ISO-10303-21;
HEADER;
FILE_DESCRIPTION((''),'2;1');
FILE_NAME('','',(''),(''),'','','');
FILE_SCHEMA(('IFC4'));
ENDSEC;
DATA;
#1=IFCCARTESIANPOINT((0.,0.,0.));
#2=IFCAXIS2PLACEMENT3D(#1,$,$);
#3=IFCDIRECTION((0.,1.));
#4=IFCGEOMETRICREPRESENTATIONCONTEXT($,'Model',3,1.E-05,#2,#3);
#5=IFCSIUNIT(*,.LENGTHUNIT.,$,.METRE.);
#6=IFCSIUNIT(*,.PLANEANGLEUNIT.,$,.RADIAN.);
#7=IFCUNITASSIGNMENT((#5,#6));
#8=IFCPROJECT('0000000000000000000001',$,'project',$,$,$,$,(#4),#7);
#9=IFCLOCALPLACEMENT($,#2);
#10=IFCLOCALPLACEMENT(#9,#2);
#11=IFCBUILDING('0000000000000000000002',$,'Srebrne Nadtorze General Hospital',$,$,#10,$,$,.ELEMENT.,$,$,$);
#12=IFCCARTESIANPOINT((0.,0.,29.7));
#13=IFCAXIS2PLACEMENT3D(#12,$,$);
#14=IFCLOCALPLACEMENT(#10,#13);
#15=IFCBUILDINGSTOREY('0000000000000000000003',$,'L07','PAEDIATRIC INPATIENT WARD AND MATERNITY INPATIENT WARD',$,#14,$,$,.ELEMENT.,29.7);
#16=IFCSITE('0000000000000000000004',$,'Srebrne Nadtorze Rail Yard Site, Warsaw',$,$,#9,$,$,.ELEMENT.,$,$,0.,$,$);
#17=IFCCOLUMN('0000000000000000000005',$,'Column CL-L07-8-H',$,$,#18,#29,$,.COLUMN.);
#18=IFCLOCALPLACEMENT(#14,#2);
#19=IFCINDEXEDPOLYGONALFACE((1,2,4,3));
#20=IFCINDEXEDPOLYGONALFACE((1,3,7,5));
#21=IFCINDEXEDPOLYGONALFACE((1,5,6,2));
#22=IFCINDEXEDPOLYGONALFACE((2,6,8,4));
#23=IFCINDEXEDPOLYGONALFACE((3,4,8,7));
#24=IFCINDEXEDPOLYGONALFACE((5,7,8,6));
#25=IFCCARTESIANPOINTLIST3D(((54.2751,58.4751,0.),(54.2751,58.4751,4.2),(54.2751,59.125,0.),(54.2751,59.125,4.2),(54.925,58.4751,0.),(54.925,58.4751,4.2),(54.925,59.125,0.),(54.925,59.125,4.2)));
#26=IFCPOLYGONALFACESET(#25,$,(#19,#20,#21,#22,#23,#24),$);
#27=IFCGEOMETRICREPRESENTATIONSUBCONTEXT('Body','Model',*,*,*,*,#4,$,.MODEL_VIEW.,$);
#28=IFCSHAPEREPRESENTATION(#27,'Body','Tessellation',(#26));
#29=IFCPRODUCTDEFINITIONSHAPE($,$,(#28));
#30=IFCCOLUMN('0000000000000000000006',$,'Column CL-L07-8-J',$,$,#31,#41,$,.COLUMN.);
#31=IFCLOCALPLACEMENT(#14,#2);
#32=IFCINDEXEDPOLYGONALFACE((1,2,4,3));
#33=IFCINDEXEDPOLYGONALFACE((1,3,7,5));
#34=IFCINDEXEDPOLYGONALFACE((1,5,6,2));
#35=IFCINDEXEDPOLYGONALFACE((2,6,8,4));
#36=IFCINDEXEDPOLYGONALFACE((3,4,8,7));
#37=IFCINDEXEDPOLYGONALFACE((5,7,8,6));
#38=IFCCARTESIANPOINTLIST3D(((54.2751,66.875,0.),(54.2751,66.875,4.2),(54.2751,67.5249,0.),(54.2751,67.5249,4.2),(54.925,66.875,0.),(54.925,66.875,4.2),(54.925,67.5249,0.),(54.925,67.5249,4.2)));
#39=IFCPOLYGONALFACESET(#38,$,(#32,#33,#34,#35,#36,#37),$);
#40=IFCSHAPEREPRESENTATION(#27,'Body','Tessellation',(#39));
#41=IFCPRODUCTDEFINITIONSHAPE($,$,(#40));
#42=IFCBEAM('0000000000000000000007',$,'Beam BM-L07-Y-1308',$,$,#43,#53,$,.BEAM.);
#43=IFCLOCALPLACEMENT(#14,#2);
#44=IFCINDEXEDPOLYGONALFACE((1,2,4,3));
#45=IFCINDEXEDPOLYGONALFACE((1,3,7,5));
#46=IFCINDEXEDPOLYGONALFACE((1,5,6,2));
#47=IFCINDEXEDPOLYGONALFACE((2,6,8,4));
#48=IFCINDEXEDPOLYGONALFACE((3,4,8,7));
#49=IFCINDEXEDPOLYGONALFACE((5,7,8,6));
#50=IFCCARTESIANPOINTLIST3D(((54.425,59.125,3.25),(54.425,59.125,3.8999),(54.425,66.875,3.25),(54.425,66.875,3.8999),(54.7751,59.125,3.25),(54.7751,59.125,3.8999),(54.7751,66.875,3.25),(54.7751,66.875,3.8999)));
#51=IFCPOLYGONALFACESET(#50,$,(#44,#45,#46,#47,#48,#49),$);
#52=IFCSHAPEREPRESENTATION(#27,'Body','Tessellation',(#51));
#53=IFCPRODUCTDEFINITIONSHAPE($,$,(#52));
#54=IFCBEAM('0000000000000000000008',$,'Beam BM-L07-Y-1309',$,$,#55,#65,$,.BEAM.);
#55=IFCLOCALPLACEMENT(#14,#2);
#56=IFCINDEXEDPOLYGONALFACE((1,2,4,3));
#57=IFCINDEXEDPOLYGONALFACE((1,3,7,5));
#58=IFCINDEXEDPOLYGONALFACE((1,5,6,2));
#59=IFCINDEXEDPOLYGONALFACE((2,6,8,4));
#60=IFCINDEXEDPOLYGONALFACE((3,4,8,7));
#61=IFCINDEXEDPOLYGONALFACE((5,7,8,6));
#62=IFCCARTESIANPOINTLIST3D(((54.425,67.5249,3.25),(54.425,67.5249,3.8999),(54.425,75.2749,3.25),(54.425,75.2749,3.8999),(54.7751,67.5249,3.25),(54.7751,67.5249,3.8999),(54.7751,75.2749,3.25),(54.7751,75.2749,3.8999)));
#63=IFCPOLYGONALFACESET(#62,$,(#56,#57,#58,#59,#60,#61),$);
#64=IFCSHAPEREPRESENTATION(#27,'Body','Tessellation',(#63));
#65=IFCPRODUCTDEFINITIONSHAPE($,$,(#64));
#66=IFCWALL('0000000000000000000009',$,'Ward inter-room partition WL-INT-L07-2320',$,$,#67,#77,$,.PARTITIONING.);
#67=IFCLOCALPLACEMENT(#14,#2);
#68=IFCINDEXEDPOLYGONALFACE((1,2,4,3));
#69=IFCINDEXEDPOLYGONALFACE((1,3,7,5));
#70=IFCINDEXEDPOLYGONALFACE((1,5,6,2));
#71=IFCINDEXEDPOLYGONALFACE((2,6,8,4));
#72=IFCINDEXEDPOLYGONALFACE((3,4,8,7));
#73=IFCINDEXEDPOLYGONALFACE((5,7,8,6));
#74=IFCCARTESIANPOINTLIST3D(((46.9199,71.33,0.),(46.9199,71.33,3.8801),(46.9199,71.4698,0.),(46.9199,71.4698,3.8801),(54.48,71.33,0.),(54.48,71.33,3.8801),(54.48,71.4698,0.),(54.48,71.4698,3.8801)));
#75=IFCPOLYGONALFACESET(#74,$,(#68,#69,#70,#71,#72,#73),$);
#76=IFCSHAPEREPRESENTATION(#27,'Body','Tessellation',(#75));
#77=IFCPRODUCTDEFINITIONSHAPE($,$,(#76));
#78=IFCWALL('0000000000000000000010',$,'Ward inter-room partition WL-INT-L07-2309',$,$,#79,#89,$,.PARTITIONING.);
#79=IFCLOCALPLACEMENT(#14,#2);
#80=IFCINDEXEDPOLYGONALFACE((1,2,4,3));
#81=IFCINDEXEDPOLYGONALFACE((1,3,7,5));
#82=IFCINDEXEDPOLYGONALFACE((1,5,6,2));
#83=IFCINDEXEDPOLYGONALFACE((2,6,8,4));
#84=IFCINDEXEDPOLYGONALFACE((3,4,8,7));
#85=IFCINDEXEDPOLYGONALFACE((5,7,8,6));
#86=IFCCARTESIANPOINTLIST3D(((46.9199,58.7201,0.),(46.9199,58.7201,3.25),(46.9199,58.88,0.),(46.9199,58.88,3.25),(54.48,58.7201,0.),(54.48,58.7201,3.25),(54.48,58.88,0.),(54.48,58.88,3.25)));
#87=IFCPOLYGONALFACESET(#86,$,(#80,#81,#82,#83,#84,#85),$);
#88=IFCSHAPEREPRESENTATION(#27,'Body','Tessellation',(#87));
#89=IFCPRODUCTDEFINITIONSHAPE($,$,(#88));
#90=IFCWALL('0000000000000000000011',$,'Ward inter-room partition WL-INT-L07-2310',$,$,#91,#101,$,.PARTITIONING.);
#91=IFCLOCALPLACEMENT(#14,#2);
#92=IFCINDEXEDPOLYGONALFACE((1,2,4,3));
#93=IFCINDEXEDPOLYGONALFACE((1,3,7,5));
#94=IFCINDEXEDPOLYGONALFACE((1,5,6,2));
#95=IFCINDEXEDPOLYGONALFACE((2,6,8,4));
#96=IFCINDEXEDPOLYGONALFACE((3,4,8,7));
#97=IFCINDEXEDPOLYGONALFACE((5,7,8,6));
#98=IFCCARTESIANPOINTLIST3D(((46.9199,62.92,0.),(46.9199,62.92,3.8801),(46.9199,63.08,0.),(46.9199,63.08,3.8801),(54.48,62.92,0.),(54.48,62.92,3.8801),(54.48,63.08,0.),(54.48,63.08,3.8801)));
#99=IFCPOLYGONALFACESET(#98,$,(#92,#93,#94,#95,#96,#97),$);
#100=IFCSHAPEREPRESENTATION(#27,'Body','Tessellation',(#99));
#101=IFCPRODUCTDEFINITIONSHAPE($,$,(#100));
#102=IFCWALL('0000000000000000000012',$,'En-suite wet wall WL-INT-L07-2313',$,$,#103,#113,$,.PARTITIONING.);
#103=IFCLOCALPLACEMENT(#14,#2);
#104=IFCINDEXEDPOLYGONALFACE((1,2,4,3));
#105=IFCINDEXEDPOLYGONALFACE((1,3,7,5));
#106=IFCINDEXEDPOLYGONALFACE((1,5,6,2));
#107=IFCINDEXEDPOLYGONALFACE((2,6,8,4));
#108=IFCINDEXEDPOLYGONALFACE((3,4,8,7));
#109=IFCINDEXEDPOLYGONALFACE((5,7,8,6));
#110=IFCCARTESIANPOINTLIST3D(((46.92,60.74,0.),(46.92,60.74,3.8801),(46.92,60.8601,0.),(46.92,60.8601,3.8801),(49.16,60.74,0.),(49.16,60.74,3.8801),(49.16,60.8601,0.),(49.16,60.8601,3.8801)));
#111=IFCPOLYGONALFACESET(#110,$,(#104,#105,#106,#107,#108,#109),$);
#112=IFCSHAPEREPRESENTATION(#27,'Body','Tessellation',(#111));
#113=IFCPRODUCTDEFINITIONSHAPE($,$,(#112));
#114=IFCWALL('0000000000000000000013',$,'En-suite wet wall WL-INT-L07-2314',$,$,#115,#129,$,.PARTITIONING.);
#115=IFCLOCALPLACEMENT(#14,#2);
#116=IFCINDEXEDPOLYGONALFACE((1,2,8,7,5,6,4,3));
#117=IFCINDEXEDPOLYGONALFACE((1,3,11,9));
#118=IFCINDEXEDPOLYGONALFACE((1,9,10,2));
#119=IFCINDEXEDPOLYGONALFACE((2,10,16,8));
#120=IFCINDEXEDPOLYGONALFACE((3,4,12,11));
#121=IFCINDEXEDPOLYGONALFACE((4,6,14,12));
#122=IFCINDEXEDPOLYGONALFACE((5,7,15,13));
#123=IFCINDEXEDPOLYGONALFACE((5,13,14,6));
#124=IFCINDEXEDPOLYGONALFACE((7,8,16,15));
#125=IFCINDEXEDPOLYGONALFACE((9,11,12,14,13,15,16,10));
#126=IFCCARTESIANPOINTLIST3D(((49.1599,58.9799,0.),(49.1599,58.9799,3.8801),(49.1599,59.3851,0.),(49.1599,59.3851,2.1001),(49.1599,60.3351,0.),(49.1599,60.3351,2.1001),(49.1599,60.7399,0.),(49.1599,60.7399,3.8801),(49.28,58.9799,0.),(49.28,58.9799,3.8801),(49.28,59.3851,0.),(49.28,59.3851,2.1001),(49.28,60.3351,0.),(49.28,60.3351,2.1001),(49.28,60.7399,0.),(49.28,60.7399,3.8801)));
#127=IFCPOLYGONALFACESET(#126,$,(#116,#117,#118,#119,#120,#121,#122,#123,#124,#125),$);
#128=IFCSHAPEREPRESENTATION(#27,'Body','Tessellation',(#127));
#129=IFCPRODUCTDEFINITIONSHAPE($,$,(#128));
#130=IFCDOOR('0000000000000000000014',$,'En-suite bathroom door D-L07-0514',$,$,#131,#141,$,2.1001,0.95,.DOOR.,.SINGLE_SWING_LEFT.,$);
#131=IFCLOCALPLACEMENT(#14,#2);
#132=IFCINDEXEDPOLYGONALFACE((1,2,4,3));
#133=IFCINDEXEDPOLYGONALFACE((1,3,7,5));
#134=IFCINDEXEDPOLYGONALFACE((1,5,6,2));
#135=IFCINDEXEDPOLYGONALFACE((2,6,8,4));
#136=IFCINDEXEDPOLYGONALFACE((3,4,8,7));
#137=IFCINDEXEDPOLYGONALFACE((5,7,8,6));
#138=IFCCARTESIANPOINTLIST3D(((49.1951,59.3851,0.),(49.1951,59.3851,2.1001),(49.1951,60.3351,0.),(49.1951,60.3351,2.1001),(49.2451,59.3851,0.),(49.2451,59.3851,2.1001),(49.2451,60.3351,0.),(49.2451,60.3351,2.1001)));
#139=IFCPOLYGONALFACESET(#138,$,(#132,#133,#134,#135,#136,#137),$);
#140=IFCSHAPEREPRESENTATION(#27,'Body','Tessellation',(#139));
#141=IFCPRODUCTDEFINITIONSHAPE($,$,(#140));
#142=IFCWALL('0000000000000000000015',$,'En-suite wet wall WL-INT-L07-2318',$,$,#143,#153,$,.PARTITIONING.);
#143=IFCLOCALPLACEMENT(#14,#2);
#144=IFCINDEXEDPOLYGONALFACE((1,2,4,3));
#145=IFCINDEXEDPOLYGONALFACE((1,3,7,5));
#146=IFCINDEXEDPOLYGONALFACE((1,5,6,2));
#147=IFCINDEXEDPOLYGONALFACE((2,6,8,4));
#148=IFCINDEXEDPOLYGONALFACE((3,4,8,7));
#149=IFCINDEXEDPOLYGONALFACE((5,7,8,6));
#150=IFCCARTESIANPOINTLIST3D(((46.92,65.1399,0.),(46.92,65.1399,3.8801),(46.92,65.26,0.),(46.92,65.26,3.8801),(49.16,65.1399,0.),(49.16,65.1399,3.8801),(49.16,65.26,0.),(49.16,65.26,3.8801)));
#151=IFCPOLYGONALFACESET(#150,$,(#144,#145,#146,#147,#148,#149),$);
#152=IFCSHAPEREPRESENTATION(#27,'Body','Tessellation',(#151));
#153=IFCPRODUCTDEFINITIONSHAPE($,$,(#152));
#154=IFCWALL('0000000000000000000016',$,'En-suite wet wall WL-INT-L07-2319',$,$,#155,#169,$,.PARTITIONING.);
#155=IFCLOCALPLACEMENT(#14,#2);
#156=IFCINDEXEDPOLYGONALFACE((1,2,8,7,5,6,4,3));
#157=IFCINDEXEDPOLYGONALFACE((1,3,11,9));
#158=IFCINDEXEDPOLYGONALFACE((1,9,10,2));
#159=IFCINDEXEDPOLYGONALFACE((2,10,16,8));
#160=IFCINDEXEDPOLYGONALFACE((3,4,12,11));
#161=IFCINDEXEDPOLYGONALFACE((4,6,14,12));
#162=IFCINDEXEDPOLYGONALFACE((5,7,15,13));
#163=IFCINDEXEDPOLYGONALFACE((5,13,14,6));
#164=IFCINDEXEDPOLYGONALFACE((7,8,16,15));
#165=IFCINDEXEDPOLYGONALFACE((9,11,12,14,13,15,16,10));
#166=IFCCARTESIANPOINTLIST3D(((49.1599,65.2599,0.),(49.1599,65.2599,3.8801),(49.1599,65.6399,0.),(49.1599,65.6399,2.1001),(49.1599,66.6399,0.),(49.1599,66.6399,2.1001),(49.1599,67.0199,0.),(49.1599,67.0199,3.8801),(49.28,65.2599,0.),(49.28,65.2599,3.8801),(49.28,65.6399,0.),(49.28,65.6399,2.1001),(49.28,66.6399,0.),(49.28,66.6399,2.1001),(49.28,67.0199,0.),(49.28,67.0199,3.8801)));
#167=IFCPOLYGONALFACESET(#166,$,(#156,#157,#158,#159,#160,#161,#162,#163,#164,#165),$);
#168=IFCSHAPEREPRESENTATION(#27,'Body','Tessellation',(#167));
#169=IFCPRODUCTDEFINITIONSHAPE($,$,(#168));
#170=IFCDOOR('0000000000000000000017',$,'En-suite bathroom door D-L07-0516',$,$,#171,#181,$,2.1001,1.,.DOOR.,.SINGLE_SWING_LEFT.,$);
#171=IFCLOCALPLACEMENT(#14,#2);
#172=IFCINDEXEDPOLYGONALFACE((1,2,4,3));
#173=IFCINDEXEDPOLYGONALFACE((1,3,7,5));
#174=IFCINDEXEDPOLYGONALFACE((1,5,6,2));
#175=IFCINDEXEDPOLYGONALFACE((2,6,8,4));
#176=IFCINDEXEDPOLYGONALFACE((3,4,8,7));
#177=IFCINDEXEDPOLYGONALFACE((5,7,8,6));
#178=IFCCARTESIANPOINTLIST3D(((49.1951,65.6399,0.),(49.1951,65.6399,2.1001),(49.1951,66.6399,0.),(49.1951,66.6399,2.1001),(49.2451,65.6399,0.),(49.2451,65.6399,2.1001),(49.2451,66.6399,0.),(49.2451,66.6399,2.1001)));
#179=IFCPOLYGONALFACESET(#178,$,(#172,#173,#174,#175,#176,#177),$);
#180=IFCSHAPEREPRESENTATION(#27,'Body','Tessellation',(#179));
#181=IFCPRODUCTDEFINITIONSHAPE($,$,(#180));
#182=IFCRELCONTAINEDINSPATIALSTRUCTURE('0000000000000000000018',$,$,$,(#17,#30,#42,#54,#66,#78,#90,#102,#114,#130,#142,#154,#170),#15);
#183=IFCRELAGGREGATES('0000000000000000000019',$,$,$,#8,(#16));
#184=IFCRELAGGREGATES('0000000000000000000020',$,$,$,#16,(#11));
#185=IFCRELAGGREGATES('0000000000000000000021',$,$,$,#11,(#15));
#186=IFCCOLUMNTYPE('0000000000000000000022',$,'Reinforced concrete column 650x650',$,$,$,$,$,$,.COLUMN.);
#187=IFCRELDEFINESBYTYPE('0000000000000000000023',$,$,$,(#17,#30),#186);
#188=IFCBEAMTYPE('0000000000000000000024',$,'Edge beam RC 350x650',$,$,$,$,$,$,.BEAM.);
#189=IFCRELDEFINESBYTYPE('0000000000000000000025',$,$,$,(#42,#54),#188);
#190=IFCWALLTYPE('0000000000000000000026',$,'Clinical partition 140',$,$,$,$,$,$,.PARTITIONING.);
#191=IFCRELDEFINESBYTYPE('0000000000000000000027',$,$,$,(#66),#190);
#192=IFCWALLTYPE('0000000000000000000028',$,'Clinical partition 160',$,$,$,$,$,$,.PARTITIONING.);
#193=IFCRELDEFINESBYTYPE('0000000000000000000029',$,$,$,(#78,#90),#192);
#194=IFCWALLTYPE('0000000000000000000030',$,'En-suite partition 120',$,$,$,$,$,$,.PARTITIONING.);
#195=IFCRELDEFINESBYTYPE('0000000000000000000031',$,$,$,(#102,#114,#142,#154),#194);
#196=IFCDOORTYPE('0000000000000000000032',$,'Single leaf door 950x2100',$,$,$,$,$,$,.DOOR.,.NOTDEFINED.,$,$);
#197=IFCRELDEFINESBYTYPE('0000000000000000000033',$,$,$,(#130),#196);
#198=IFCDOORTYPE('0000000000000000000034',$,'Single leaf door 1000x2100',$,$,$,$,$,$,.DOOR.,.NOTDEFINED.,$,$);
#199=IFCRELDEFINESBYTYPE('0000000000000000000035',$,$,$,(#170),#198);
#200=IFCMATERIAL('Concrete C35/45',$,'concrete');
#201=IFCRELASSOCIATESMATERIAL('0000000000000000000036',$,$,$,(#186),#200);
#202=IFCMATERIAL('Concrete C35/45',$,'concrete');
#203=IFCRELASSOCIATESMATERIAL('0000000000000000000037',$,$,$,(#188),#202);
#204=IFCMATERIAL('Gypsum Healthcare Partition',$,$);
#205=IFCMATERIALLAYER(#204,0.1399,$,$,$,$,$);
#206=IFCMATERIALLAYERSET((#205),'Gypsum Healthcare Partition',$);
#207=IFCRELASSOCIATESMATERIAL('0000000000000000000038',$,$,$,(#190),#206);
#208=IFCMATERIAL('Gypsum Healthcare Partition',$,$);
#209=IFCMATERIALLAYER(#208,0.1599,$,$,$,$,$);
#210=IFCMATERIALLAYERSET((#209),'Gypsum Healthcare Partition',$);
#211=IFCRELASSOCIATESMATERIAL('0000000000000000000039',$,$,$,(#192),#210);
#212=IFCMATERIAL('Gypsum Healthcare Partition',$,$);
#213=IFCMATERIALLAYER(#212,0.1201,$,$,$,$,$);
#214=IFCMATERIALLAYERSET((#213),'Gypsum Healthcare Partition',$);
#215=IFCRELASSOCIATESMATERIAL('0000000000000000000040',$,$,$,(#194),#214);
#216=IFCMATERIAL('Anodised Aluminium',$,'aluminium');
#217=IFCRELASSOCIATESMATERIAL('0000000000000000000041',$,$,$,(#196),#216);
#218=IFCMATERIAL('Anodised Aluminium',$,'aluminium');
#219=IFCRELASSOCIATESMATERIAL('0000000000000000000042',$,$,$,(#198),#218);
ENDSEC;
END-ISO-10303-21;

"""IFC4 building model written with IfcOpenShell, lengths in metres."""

from ifc_helpers import new_model, si_unit, direction, frame, frame_2d, origin, origin_2d, place, context, subcontext, project, spatial, rectangle, extrude, material, layer, layer_set, material_profile, profile_set, type_object, element, fill, save


model = new_model("IFC4")

# Units and contexts
model_context = context("Model", 3, precision=1e-05, world=origin(), true_north=direction((0.0, 1.0)))
body_context = subcontext(model_context, "Body", "Model", "MODEL_VIEW")
ifc_project = project(units=[si_unit("LENGTHUNIT", "METRE"), si_unit("PLANEANGLEUNIT", "RADIAN")], contexts=[model_context])

# Site, building, storey
site_placement = place(None, origin())
site = spatial("IfcSite", under=ifc_project, at=site_placement, Name="Srebrne Nadtorze Rail Yard Site, Warsaw", CompositionType="ELEMENT", RefElevation=0.0)
building_placement = place(site_placement, origin())
building = spatial("IfcBuilding", under=site, at=building_placement, Name="Srebrne Nadtorze General Hospital", CompositionType="ELEMENT")
storey_placement = place(building_placement, frame((0.0, 0.0, 29.7)))
storey = spatial("IfcBuildingStorey", under=building, at=storey_placement, Name="L07", Description="PAEDIATRIC INPATIENT WARD AND MATERNITY INPATIENT WARD", CompositionType="ELEMENT", Elevation=29.7)

# Columns
ifc_material_1 = material(Name="Concrete C35/45", Category="concrete")
ifc_material_profile_1 = material_profile(ifc_material_1, rectangle(XDim=0.6499, YDim=0.6499, at=origin_2d()), Name="RC-COL-650x650")
ifc_profile_set_1 = profile_set([ifc_material_profile_1], Name="Concrete C35/45")
column_type = type_object("IfcColumnType", Name="Reinforced concrete column 650x650", PredefinedType="COLUMN", material=ifc_profile_set_1)
for number, where, z_axis, x_axis, name in (
    (1, (54.6001, 58.8, 0.0), (0.0, 0.0, 1.0), (1.0, 0.0, 0.0), "Column CL-L07-8-H"),
    (2, (54.6001, 67.2, 0.0), (0.0, 0.0, 1.0), (1.0, 0.0, 0.0), "Column CL-L07-8-J"),
):
    element("IfcColumn", number, at=place(storey_placement, frame(where, z_axis=z_axis, x_axis=x_axis)), inside=storey, type_object=column_type, Name=name, PredefinedType="COLUMN", context=body_context, shape_type="SweptSolid", body=[
        extrude(rectangle(XDim=0.6499, YDim=0.6499, at=origin_2d()), origin(), (0.0, 0.0, 1.0), 4.2),
    ])

# Beams
ifc_material_2 = material(Name="Concrete C35/45", Category="concrete")
ifc_material_profile_2 = material_profile(ifc_material_2, rectangle(XDim=0.3501, YDim=0.6499, at=origin_2d()), Name="RC-BM-350x650")
ifc_profile_set_2 = profile_set([ifc_material_profile_2], Name="Concrete C35/45")
beam_type = type_object("IfcBeamType", Name="Edge beam RC 350x650", PredefinedType="BEAM", material=ifc_profile_set_2)
for number, where, z_axis, x_axis, name in (
    (3, (54.6001, 59.125, 3.575), (0.0, 1.0, 0.0), (-1.0, 0.0, 0.0), "Beam BM-L07-Y-1308"),
    (4, (54.6001, 67.5249, 3.575), (0.0, 1.0, 0.0), (-1.0, 0.0, 0.0), "Beam BM-L07-Y-1309"),
):
    element("IfcBeam", number, at=place(storey_placement, frame(where, z_axis=z_axis, x_axis=x_axis)), inside=storey, type_object=beam_type, Name=name, PredefinedType="BEAM", context=body_context, shape_type="SweptSolid", body=[
        extrude(rectangle(XDim=0.3501, YDim=0.6499, at=origin_2d()), origin(), (0.0, 0.0, 1.0), 7.75),
    ])

# Walls
ifc_material_3 = material(Name="Gypsum Healthcare Partition")
ifc_layer_1 = layer(ifc_material_3, 0.1399)
ifc_layer_set_1 = layer_set([ifc_layer_1], Name="Gypsum Healthcare Partition")
wall_type_1 = type_object("IfcWallType", Name="Clinical partition 140", PredefinedType="PARTITIONING", material=ifc_layer_set_1)
wall_1_placement = place(storey_placement, frame((46.9199, 71.3999, 0.0), z_axis=(0.0, 0.0, 1.0), x_axis=(1.0, 0.0, 0.0)))
element("IfcWall", 5, at=wall_1_placement, inside=storey, type_object=wall_type_1, Name="Ward inter-room partition WL-INT-L07-2320", PredefinedType="PARTITIONING", context=body_context, shape_type="SweptSolid", body=[
    extrude(rectangle(XDim=7.5601, YDim=0.1399, at=frame_2d((3.78, 0.0))), origin(), (0.0, 0.0, 1.0), 3.8801),
])
ifc_material_4 = material(Name="Gypsum Healthcare Partition")
ifc_layer_2 = layer(ifc_material_4, 0.1599)
ifc_layer_set_2 = layer_set([ifc_layer_2], Name="Gypsum Healthcare Partition")
wall_type_2 = type_object("IfcWallType", Name="Clinical partition 160", PredefinedType="PARTITIONING", material=ifc_layer_set_2)
wall_2_placement = place(storey_placement, frame((46.9199, 58.8, 0.0), z_axis=(0.0, 0.0, 1.0), x_axis=(1.0, 0.0, 0.0)))
element("IfcWall", 6, at=wall_2_placement, inside=storey, type_object=wall_type_2, Name="Ward inter-room partition WL-INT-L07-2309", PredefinedType="PARTITIONING", context=body_context, shape_type="SweptSolid", body=[
    extrude(rectangle(XDim=7.5601, YDim=0.1599, at=frame_2d((3.78, 0.0))), origin(), (0.0, 0.0, 1.0), 3.25),
])
wall_3_placement = place(storey_placement, frame((46.9199, 63.0, 0.0), z_axis=(0.0, 0.0, 1.0), x_axis=(1.0, 0.0, 0.0)))
element("IfcWall", 7, at=wall_3_placement, inside=storey, type_object=wall_type_2, Name="Ward inter-room partition WL-INT-L07-2310", PredefinedType="PARTITIONING", context=body_context, shape_type="SweptSolid", body=[
    extrude(rectangle(XDim=7.5601, YDim=0.1599, at=frame_2d((3.78, 0.0))), origin(), (0.0, 0.0, 1.0), 3.8801),
])
ifc_material_5 = material(Name="Gypsum Healthcare Partition")
ifc_layer_3 = layer(ifc_material_5, 0.1201)
ifc_layer_set_3 = layer_set([ifc_layer_3], Name="Gypsum Healthcare Partition")
wall_type_3 = type_object("IfcWallType", Name="En-suite partition 120", PredefinedType="PARTITIONING", material=ifc_layer_set_3)
wall_4_placement = place(storey_placement, frame((46.9199, 60.8, 0.0), z_axis=(0.0, 0.0, 1.0), x_axis=(1.0, 0.0, 0.0)))
element("IfcWall", 8, at=wall_4_placement, inside=storey, type_object=wall_type_3, Name="En-suite wet wall WL-INT-L07-2313", PredefinedType="PARTITIONING", context=body_context, shape_type="SweptSolid", body=[
    extrude(rectangle(XDim=2.24, YDim=0.1201, at=frame_2d((1.1201, 0.0))), origin(), (0.0, 0.0, 1.0), 3.8801),
])

# Wall, opening, door
wall_5_placement = place(storey_placement, frame((49.22, 58.98, 0.0), z_axis=(0.0, 0.0, 1.0), x_axis=(0.0, 1.0, 0.0)))
wall_5 = element("IfcWall", 9, at=wall_5_placement, inside=storey, type_object=wall_type_3, Name="En-suite wet wall WL-INT-L07-2314", PredefinedType="PARTITIONING", context=body_context, shape_type="SweptSolid", body=[
    extrude(rectangle(XDim=1.76, YDim=0.1201, at=frame_2d((0.8799, 0.0))), origin(), (0.0, 0.0, 1.0), 3.8801),
])
opening_1_placement = place(wall_5_placement, frame((0.405, 0.0, 0.0)))
opening_1 = element("IfcOpeningElement", 10, at=opening_1_placement, cuts=wall_5, PredefinedType="OPENING", context=body_context, shape_type="SweptSolid", body=[
    extrude(rectangle(XDim=0.95, YDim=2.1001, at=frame_2d((0.4751, 1.05))), frame((0.0, 0.072, 0.0), z_axis=(0.0, -1.0, 0.0), x_axis=(1.0, 0.0, 0.0)), (0.0, 0.0, 1.0), 0.144),
])
ifc_material_6 = material(Name="Anodised Aluminium", Category="aluminium")
door_type_1 = type_object("IfcDoorType", Name="Single leaf door 950x2100", OperationType="NOTDEFINED", PredefinedType="DOOR", material=ifc_material_6)
door_1_placement = place(opening_1_placement, origin())
door_1 = element("IfcDoor", 11, at=door_1_placement, inside=storey, type_object=door_type_1, Name="En-suite bathroom door D-L07-0514", OperationType="SINGLE_SWING_LEFT", OverallHeight=2.1001, OverallWidth=0.95, PredefinedType="DOOR", context=body_context, shape_type="SweptSolid", body=[
    extrude(rectangle(XDim=0.95, YDim=2.1001, at=frame_2d((0.4751, 1.05))), frame((0.0, 0.0249, 0.0), z_axis=(0.0, -1.0, 0.0), x_axis=(1.0, 0.0, 0.0)), (0.0, 0.0, 1.0), 0.05),
])
fill(opening_1, door_1)

# Wall
wall_6_placement = place(storey_placement, frame((46.9199, 65.2, 0.0), z_axis=(0.0, 0.0, 1.0), x_axis=(1.0, 0.0, 0.0)))
element("IfcWall", 12, at=wall_6_placement, inside=storey, type_object=wall_type_3, Name="En-suite wet wall WL-INT-L07-2318", PredefinedType="PARTITIONING", context=body_context, shape_type="SweptSolid", body=[
    extrude(rectangle(XDim=2.24, YDim=0.1201, at=frame_2d((1.1201, 0.0))), origin(), (0.0, 0.0, 1.0), 3.8801),
])

# Wall, opening, door
wall_7_placement = place(storey_placement, frame((49.22, 65.26, 0.0), z_axis=(0.0, 0.0, 1.0), x_axis=(0.0, 1.0, 0.0)))
wall_7 = element("IfcWall", 13, at=wall_7_placement, inside=storey, type_object=wall_type_3, Name="En-suite wet wall WL-INT-L07-2319", PredefinedType="PARTITIONING", context=body_context, shape_type="SweptSolid", body=[
    extrude(rectangle(XDim=1.76, YDim=0.1201, at=frame_2d((0.8799, 0.0))), origin(), (0.0, 0.0, 1.0), 3.8801),
])
opening_2_placement = place(wall_7_placement, frame((0.3799, 0.0, 0.0)))
opening_2 = element("IfcOpeningElement", 14, at=opening_2_placement, cuts=wall_7, PredefinedType="OPENING", context=body_context, shape_type="SweptSolid", body=[
    extrude(rectangle(XDim=1.0, YDim=2.1001, at=frame_2d((0.5, 1.05))), frame((0.0, 0.072, 0.0), z_axis=(0.0, -1.0, 0.0), x_axis=(1.0, 0.0, 0.0)), (0.0, 0.0, 1.0), 0.144),
])
ifc_material_7 = material(Name="Anodised Aluminium", Category="aluminium")
door_type_2 = type_object("IfcDoorType", Name="Single leaf door 1000x2100", OperationType="NOTDEFINED", PredefinedType="DOOR", material=ifc_material_7)
door_2_placement = place(opening_2_placement, origin())
door_2 = element("IfcDoor", 15, at=door_2_placement, inside=storey, type_object=door_type_2, Name="En-suite bathroom door D-L07-0516", OperationType="SINGLE_SWING_LEFT", OverallHeight=2.1001, OverallWidth=1.0, PredefinedType="DOOR", context=body_context, shape_type="SweptSolid", body=[
    extrude(rectangle(XDim=1.0, YDim=2.1001, at=frame_2d((0.5, 1.05))), frame((0.0, 0.0249, 0.0), z_axis=(0.0, -1.0, 0.0), x_axis=(1.0, 0.0, 0.0)), (0.0, 0.0, 1.0), 0.05),
])
fill(opening_2, door_2)

save(model, "model.ifc")
